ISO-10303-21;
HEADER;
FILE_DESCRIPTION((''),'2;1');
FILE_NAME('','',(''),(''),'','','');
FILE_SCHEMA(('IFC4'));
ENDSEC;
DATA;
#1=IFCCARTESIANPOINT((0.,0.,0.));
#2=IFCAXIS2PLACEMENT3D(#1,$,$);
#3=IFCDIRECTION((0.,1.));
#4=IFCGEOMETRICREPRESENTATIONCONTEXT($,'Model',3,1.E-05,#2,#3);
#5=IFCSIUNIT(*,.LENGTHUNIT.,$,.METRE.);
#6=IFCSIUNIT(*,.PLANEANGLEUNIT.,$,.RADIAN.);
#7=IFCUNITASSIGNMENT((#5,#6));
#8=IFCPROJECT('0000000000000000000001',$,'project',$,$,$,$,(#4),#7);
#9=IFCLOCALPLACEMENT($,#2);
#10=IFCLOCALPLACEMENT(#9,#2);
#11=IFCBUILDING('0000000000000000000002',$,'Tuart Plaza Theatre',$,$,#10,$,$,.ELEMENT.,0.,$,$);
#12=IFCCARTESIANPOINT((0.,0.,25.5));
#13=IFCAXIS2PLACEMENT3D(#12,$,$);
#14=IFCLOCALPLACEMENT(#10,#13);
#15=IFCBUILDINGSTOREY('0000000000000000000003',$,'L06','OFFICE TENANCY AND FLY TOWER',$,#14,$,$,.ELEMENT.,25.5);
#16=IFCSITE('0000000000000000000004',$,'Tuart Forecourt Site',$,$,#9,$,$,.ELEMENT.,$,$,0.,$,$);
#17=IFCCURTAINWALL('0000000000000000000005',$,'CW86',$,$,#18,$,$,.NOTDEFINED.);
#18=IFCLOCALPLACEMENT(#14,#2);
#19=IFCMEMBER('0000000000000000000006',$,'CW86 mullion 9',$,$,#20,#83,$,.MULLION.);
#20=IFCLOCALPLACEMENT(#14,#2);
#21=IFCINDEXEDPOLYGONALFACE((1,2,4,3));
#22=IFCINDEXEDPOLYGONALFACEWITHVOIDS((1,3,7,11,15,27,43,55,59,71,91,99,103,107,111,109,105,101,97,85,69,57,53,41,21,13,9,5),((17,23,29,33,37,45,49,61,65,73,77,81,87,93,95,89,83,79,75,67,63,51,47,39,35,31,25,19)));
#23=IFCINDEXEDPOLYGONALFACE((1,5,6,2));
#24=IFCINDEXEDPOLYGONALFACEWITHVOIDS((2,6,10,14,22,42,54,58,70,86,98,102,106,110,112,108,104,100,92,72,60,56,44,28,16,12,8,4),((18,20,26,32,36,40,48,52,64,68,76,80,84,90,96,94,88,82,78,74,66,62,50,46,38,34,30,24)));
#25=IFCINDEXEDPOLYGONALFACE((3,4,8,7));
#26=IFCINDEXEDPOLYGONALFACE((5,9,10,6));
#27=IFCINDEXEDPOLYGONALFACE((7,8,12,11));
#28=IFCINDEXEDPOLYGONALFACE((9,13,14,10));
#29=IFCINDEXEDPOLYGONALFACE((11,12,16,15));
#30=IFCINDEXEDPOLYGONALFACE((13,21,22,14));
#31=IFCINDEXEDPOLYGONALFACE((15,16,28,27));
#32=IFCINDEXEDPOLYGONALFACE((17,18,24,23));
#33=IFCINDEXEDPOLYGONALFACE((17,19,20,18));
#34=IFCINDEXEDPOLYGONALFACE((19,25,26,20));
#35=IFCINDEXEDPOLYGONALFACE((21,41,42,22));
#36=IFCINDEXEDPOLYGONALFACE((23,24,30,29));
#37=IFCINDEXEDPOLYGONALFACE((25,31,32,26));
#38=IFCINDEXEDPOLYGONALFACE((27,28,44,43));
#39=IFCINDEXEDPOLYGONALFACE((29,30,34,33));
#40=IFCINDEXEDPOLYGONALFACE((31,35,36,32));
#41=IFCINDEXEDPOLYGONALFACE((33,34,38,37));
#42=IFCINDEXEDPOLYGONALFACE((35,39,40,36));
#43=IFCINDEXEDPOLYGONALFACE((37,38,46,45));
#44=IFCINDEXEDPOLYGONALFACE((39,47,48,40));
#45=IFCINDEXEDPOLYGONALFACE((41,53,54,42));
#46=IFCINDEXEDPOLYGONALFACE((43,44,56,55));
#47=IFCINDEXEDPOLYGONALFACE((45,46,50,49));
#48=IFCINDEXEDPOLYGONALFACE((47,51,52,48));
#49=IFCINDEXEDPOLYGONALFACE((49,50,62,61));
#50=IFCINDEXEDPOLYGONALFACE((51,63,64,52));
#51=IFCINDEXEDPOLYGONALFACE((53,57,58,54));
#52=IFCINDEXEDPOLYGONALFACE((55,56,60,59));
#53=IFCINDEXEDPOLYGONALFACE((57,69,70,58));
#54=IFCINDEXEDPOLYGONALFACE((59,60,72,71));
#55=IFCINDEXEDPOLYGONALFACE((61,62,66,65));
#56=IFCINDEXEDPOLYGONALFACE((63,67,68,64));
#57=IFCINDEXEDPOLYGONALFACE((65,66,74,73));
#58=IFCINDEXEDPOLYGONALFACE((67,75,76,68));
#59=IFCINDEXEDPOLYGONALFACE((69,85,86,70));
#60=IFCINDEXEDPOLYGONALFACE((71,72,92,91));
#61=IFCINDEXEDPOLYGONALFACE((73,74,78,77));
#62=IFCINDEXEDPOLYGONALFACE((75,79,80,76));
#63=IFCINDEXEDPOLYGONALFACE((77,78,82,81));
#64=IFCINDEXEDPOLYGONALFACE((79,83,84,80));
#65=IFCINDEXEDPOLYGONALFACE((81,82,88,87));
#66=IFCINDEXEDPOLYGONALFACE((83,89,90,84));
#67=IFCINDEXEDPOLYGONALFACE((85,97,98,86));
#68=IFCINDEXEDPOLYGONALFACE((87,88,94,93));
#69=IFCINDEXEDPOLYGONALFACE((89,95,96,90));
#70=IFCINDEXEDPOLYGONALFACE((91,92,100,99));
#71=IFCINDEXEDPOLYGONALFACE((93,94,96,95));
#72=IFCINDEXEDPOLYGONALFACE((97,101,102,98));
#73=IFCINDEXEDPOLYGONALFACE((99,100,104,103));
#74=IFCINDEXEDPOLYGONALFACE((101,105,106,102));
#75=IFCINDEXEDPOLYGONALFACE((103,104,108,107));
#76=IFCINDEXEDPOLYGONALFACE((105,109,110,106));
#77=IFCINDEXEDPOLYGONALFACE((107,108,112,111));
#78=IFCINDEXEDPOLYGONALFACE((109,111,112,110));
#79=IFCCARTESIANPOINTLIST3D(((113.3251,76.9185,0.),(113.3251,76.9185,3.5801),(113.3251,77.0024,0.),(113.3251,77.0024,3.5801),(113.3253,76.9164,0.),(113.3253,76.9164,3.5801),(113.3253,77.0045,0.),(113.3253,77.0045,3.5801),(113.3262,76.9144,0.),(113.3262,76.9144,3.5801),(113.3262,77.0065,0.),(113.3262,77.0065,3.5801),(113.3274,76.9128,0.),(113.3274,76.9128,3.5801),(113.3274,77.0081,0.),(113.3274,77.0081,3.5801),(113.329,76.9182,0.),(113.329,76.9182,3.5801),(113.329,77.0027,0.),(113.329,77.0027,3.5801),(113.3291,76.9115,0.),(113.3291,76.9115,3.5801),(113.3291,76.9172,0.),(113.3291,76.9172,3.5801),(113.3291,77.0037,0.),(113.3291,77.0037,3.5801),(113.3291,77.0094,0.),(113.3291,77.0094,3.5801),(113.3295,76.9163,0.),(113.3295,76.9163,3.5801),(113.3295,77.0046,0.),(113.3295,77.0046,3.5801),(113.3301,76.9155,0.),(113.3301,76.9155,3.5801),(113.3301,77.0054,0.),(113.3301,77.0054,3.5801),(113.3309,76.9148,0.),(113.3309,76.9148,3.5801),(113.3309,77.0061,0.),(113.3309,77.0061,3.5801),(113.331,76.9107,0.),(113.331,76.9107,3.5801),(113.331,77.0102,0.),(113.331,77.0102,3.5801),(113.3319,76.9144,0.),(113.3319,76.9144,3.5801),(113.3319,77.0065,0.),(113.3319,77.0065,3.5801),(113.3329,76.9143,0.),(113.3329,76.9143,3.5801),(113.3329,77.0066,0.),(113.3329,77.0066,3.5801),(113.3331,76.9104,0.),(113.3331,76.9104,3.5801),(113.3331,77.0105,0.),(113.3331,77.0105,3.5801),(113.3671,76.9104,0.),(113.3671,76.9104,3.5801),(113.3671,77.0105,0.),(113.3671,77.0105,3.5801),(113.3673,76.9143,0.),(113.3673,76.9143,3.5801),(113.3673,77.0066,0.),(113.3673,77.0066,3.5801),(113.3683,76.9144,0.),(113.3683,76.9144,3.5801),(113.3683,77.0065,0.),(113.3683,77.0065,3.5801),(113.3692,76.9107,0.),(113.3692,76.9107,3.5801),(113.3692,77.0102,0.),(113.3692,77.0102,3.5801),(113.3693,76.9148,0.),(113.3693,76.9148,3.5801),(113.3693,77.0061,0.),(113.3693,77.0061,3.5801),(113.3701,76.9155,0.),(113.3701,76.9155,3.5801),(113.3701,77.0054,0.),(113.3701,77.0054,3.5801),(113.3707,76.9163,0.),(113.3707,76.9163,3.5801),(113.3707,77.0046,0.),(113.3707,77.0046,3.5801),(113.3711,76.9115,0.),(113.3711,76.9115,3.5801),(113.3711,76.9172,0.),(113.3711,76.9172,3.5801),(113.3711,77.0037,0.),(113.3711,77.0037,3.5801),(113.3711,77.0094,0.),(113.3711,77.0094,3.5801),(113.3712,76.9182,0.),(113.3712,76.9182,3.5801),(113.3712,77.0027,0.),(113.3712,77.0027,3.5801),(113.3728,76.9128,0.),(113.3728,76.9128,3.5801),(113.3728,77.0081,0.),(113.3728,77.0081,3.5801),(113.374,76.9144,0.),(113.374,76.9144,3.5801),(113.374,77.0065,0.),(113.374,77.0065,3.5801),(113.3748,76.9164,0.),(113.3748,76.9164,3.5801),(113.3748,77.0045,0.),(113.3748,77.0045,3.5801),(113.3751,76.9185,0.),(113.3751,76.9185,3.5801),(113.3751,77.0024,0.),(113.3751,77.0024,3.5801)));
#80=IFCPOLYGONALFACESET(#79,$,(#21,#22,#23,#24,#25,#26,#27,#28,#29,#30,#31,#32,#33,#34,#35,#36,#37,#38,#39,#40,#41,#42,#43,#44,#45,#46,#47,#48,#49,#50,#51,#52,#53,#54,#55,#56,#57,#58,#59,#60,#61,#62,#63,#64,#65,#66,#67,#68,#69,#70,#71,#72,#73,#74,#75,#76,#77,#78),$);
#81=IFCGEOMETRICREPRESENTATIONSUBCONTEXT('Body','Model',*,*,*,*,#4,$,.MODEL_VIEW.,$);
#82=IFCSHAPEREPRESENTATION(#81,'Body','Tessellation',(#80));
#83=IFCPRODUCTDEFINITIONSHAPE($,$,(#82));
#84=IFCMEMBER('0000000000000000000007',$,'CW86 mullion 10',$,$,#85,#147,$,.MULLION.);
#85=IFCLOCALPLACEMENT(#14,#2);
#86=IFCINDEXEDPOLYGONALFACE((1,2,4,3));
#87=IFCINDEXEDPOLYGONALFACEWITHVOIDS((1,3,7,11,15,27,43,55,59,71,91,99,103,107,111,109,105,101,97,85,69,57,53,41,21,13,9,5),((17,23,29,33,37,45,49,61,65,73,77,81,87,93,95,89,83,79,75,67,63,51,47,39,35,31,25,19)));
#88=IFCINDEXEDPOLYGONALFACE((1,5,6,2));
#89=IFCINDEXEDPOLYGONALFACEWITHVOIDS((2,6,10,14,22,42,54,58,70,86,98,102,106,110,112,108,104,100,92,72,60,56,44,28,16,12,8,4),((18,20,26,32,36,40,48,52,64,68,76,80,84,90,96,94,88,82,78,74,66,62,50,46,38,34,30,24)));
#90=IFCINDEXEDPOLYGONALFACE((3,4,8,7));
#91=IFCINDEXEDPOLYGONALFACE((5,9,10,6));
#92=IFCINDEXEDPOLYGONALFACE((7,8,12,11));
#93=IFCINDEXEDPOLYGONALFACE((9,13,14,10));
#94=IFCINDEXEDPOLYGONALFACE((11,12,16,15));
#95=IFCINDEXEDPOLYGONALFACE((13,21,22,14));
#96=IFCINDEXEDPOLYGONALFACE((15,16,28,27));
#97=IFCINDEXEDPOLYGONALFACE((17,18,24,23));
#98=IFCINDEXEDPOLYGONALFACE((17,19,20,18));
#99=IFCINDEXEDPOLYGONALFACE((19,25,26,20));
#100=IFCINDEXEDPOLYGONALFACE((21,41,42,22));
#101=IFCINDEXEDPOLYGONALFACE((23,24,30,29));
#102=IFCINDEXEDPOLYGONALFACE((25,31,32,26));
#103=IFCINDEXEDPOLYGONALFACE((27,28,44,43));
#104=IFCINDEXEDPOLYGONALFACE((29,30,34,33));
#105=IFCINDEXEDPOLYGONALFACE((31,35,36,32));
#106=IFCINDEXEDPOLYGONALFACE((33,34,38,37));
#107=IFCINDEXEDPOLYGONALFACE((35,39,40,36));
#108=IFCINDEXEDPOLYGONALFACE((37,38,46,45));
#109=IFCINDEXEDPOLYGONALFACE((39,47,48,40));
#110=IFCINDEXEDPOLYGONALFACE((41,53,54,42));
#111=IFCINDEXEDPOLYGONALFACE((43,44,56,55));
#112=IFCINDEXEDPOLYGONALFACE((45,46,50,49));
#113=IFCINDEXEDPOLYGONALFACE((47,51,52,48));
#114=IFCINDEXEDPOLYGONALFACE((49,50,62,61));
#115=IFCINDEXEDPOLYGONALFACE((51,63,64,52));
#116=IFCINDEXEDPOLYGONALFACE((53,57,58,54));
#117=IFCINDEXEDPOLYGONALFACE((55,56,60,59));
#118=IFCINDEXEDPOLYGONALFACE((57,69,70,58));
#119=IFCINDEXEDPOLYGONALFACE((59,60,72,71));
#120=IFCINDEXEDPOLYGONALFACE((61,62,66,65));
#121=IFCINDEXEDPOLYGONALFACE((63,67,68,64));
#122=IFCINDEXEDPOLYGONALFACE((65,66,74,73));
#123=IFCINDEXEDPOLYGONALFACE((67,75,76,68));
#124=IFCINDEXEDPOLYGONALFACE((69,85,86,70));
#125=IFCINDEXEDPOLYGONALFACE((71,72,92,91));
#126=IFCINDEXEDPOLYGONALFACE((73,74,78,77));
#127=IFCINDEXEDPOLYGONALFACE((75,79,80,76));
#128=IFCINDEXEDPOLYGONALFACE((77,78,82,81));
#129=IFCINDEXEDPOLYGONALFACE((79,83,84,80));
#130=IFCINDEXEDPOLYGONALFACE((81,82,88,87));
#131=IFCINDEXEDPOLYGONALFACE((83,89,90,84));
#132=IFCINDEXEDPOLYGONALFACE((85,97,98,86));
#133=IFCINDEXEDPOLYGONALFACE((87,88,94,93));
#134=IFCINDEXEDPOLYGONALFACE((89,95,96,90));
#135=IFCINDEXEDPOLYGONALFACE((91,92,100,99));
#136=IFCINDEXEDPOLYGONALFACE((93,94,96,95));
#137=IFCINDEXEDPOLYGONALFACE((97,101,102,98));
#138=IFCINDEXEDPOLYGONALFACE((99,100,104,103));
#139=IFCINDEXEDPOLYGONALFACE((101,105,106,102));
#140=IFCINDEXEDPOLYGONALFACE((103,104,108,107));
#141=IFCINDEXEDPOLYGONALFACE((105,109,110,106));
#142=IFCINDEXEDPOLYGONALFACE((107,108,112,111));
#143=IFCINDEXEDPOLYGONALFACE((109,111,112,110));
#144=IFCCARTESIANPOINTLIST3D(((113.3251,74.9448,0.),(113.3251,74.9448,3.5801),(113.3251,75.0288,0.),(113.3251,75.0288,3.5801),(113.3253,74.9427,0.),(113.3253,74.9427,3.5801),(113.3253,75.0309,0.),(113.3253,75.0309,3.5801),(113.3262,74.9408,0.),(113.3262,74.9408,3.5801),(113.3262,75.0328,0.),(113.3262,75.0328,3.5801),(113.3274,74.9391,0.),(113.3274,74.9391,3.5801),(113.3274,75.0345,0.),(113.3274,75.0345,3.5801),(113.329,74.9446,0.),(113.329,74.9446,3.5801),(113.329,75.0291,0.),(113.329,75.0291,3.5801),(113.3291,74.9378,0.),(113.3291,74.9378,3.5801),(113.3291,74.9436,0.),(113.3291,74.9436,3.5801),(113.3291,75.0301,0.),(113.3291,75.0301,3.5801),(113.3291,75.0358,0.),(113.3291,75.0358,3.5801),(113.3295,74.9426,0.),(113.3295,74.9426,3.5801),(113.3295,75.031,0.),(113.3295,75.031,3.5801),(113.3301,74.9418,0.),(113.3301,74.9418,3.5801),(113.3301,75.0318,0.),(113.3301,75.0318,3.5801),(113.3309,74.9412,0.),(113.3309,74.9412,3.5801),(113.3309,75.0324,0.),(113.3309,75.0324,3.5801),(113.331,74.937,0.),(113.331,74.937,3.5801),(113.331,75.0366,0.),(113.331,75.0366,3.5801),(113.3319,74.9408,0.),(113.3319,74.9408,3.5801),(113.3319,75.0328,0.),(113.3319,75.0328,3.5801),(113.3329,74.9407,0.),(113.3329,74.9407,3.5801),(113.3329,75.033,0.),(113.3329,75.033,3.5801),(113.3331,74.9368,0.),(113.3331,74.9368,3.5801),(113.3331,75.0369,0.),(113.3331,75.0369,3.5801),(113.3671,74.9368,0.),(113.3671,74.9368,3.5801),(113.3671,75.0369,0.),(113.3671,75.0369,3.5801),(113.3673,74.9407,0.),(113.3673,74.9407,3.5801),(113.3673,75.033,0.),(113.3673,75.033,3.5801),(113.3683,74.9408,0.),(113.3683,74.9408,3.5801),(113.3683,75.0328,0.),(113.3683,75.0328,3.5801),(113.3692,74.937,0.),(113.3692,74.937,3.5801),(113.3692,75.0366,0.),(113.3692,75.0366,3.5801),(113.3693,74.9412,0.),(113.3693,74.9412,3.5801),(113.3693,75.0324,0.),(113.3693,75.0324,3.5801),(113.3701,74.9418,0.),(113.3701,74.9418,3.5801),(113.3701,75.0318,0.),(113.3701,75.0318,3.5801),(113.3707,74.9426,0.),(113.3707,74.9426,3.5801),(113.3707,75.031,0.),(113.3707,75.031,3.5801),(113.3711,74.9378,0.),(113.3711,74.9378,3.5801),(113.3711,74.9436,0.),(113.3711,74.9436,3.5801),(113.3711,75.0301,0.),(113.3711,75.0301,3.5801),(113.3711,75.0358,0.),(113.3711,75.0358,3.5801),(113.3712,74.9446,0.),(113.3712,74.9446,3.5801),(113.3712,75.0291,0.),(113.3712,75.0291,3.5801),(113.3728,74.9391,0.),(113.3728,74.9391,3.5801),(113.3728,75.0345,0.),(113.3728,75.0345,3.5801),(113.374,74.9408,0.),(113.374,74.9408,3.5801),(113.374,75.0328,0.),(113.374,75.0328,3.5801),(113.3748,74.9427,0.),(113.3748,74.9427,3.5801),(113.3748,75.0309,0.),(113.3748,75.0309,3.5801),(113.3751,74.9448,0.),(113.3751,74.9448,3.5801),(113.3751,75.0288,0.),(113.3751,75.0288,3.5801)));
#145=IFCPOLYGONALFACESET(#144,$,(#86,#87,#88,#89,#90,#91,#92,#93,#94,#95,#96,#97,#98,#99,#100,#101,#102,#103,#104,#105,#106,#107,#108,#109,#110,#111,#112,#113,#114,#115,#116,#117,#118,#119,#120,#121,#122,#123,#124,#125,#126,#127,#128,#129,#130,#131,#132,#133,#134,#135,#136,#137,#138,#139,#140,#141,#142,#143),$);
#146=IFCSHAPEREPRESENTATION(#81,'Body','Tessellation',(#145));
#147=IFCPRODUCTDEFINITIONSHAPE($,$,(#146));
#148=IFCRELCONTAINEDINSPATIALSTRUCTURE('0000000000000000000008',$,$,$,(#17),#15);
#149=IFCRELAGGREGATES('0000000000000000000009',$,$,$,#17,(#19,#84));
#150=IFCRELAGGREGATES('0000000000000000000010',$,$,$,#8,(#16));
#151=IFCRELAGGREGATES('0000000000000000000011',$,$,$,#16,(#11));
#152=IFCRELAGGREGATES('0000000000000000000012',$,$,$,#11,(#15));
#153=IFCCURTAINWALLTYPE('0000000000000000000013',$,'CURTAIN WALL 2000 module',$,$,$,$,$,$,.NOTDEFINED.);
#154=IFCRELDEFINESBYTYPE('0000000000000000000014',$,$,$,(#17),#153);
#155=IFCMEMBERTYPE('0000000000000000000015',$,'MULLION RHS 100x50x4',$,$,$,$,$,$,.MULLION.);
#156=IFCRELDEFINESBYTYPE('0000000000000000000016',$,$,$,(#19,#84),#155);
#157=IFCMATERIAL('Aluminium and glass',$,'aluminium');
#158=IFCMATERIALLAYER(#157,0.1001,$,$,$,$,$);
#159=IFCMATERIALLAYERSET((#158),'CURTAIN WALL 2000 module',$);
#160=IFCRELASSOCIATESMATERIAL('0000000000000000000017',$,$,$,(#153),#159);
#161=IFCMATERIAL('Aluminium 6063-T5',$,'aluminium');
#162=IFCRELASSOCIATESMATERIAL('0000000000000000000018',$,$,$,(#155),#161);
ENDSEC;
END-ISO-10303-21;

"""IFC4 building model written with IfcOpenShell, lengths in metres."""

from ifc_helpers import new_model, si_unit, direction, frame, origin, origin_2d, place, context, subcontext, project, spatial, hollow_rectangle, extrude, material, layer, layer_set, material_profile, profile_set, type_object, element, aggregate, save


model = new_model("IFC4")

# Units and contexts
model_context = context("Model", 3, precision=1e-05, world=origin(), true_north=direction((0.0, 1.0)))
body_context = subcontext(model_context, "Body", "Model", "MODEL_VIEW")
ifc_project = project(units=[si_unit("LENGTHUNIT", "METRE"), si_unit("PLANEANGLEUNIT", "RADIAN")], contexts=[model_context])

# Site, building, storey
site_placement = place(None, origin())
site = spatial("IfcSite", under=ifc_project, at=site_placement, Name="Tuart Forecourt Site", CompositionType="ELEMENT", RefElevation=0.0)
building_placement = place(site_placement, origin())
building = spatial("IfcBuilding", under=site, at=building_placement, Name="Tuart Plaza Theatre", CompositionType="ELEMENT", ElevationOfRefHeight=0.0)
storey_placement = place(building_placement, frame((0.0, 0.0, 25.5)))
storey = spatial("IfcBuildingStorey", under=building, at=storey_placement, Name="L06", Description="OFFICE TENANCY AND FLY TOWER", CompositionType="ELEMENT", Elevation=25.5)

# Curtain wall, members
ifc_material_1 = material(Name="Aluminium and glass", Category="aluminium")
ifc_layer_1 = layer(ifc_material_1, 0.1001)
ifc_layer_set_1 = layer_set([ifc_layer_1], Name="CURTAIN WALL 2000 module")
curtain_wall_type = type_object("IfcCurtainWallType", Name="CURTAIN WALL 2000 module", PredefinedType="NOTDEFINED", material=ifc_layer_set_1)
curtain_wall_placement = place(storey_placement, origin())
curtain_wall = element("IfcCurtainWall", 1, at=curtain_wall_placement, inside=storey, type_object=curtain_wall_type, Name="CW86", PredefinedType="NOTDEFINED")
ifc_material_2 = material(Name="Aluminium 6063-T5", Category="aluminium")
ifc_material_profile_1 = material_profile(ifc_material_2, hollow_rectangle(XDim=0.05, YDim=0.1001, WallThickness=0.0039, InnerFilletRadius=0.0039, OuterFilletRadius=0.0081, at=origin_2d()), Name="RHS 100x50x4")
ifc_profile_set_1 = profile_set([ifc_material_profile_1], Name="Aluminium 6063-T5")
member_type_1 = type_object("IfcMemberType", Name="MULLION RHS 100x50x4", PredefinedType="MULLION", material=ifc_profile_set_1)
member_1_placement = place(storey_placement, frame((113.3501, 76.9604, 0.0), z_axis=(0.0, 0.0, 1.0), x_axis=(1.0, 0.0, 0.0)))
member_1 = element("IfcMember", 2, at=member_1_placement, type_object=member_type_1, Name="CW86 mullion 9", PredefinedType="MULLION", context=body_context, shape_type="SweptSolid", body=[
    extrude(hollow_rectangle(XDim=0.05, YDim=0.1001, WallThickness=0.0039, InnerFilletRadius=0.0039, OuterFilletRadius=0.0081, at=origin_2d()), origin(), (0.0, 0.0, 1.0), 3.5801),
])
member_2_placement = place(storey_placement, frame((113.3501, 74.9868, 0.0), z_axis=(0.0, 0.0, 1.0), x_axis=(1.0, 0.0, 0.0)))
member_2 = element("IfcMember", 3, at=member_2_placement, type_object=member_type_1, Name="CW86 mullion 10", PredefinedType="MULLION", context=body_context, shape_type="SweptSolid", body=[
    extrude(hollow_rectangle(XDim=0.05, YDim=0.1001, WallThickness=0.0039, InnerFilletRadius=0.0039, OuterFilletRadius=0.0081, at=origin_2d()), origin(), (0.0, 0.0, 1.0), 3.5801),
])
aggregate(curtain_wall, [member_1, member_2])

save(model, "model.ifc")
